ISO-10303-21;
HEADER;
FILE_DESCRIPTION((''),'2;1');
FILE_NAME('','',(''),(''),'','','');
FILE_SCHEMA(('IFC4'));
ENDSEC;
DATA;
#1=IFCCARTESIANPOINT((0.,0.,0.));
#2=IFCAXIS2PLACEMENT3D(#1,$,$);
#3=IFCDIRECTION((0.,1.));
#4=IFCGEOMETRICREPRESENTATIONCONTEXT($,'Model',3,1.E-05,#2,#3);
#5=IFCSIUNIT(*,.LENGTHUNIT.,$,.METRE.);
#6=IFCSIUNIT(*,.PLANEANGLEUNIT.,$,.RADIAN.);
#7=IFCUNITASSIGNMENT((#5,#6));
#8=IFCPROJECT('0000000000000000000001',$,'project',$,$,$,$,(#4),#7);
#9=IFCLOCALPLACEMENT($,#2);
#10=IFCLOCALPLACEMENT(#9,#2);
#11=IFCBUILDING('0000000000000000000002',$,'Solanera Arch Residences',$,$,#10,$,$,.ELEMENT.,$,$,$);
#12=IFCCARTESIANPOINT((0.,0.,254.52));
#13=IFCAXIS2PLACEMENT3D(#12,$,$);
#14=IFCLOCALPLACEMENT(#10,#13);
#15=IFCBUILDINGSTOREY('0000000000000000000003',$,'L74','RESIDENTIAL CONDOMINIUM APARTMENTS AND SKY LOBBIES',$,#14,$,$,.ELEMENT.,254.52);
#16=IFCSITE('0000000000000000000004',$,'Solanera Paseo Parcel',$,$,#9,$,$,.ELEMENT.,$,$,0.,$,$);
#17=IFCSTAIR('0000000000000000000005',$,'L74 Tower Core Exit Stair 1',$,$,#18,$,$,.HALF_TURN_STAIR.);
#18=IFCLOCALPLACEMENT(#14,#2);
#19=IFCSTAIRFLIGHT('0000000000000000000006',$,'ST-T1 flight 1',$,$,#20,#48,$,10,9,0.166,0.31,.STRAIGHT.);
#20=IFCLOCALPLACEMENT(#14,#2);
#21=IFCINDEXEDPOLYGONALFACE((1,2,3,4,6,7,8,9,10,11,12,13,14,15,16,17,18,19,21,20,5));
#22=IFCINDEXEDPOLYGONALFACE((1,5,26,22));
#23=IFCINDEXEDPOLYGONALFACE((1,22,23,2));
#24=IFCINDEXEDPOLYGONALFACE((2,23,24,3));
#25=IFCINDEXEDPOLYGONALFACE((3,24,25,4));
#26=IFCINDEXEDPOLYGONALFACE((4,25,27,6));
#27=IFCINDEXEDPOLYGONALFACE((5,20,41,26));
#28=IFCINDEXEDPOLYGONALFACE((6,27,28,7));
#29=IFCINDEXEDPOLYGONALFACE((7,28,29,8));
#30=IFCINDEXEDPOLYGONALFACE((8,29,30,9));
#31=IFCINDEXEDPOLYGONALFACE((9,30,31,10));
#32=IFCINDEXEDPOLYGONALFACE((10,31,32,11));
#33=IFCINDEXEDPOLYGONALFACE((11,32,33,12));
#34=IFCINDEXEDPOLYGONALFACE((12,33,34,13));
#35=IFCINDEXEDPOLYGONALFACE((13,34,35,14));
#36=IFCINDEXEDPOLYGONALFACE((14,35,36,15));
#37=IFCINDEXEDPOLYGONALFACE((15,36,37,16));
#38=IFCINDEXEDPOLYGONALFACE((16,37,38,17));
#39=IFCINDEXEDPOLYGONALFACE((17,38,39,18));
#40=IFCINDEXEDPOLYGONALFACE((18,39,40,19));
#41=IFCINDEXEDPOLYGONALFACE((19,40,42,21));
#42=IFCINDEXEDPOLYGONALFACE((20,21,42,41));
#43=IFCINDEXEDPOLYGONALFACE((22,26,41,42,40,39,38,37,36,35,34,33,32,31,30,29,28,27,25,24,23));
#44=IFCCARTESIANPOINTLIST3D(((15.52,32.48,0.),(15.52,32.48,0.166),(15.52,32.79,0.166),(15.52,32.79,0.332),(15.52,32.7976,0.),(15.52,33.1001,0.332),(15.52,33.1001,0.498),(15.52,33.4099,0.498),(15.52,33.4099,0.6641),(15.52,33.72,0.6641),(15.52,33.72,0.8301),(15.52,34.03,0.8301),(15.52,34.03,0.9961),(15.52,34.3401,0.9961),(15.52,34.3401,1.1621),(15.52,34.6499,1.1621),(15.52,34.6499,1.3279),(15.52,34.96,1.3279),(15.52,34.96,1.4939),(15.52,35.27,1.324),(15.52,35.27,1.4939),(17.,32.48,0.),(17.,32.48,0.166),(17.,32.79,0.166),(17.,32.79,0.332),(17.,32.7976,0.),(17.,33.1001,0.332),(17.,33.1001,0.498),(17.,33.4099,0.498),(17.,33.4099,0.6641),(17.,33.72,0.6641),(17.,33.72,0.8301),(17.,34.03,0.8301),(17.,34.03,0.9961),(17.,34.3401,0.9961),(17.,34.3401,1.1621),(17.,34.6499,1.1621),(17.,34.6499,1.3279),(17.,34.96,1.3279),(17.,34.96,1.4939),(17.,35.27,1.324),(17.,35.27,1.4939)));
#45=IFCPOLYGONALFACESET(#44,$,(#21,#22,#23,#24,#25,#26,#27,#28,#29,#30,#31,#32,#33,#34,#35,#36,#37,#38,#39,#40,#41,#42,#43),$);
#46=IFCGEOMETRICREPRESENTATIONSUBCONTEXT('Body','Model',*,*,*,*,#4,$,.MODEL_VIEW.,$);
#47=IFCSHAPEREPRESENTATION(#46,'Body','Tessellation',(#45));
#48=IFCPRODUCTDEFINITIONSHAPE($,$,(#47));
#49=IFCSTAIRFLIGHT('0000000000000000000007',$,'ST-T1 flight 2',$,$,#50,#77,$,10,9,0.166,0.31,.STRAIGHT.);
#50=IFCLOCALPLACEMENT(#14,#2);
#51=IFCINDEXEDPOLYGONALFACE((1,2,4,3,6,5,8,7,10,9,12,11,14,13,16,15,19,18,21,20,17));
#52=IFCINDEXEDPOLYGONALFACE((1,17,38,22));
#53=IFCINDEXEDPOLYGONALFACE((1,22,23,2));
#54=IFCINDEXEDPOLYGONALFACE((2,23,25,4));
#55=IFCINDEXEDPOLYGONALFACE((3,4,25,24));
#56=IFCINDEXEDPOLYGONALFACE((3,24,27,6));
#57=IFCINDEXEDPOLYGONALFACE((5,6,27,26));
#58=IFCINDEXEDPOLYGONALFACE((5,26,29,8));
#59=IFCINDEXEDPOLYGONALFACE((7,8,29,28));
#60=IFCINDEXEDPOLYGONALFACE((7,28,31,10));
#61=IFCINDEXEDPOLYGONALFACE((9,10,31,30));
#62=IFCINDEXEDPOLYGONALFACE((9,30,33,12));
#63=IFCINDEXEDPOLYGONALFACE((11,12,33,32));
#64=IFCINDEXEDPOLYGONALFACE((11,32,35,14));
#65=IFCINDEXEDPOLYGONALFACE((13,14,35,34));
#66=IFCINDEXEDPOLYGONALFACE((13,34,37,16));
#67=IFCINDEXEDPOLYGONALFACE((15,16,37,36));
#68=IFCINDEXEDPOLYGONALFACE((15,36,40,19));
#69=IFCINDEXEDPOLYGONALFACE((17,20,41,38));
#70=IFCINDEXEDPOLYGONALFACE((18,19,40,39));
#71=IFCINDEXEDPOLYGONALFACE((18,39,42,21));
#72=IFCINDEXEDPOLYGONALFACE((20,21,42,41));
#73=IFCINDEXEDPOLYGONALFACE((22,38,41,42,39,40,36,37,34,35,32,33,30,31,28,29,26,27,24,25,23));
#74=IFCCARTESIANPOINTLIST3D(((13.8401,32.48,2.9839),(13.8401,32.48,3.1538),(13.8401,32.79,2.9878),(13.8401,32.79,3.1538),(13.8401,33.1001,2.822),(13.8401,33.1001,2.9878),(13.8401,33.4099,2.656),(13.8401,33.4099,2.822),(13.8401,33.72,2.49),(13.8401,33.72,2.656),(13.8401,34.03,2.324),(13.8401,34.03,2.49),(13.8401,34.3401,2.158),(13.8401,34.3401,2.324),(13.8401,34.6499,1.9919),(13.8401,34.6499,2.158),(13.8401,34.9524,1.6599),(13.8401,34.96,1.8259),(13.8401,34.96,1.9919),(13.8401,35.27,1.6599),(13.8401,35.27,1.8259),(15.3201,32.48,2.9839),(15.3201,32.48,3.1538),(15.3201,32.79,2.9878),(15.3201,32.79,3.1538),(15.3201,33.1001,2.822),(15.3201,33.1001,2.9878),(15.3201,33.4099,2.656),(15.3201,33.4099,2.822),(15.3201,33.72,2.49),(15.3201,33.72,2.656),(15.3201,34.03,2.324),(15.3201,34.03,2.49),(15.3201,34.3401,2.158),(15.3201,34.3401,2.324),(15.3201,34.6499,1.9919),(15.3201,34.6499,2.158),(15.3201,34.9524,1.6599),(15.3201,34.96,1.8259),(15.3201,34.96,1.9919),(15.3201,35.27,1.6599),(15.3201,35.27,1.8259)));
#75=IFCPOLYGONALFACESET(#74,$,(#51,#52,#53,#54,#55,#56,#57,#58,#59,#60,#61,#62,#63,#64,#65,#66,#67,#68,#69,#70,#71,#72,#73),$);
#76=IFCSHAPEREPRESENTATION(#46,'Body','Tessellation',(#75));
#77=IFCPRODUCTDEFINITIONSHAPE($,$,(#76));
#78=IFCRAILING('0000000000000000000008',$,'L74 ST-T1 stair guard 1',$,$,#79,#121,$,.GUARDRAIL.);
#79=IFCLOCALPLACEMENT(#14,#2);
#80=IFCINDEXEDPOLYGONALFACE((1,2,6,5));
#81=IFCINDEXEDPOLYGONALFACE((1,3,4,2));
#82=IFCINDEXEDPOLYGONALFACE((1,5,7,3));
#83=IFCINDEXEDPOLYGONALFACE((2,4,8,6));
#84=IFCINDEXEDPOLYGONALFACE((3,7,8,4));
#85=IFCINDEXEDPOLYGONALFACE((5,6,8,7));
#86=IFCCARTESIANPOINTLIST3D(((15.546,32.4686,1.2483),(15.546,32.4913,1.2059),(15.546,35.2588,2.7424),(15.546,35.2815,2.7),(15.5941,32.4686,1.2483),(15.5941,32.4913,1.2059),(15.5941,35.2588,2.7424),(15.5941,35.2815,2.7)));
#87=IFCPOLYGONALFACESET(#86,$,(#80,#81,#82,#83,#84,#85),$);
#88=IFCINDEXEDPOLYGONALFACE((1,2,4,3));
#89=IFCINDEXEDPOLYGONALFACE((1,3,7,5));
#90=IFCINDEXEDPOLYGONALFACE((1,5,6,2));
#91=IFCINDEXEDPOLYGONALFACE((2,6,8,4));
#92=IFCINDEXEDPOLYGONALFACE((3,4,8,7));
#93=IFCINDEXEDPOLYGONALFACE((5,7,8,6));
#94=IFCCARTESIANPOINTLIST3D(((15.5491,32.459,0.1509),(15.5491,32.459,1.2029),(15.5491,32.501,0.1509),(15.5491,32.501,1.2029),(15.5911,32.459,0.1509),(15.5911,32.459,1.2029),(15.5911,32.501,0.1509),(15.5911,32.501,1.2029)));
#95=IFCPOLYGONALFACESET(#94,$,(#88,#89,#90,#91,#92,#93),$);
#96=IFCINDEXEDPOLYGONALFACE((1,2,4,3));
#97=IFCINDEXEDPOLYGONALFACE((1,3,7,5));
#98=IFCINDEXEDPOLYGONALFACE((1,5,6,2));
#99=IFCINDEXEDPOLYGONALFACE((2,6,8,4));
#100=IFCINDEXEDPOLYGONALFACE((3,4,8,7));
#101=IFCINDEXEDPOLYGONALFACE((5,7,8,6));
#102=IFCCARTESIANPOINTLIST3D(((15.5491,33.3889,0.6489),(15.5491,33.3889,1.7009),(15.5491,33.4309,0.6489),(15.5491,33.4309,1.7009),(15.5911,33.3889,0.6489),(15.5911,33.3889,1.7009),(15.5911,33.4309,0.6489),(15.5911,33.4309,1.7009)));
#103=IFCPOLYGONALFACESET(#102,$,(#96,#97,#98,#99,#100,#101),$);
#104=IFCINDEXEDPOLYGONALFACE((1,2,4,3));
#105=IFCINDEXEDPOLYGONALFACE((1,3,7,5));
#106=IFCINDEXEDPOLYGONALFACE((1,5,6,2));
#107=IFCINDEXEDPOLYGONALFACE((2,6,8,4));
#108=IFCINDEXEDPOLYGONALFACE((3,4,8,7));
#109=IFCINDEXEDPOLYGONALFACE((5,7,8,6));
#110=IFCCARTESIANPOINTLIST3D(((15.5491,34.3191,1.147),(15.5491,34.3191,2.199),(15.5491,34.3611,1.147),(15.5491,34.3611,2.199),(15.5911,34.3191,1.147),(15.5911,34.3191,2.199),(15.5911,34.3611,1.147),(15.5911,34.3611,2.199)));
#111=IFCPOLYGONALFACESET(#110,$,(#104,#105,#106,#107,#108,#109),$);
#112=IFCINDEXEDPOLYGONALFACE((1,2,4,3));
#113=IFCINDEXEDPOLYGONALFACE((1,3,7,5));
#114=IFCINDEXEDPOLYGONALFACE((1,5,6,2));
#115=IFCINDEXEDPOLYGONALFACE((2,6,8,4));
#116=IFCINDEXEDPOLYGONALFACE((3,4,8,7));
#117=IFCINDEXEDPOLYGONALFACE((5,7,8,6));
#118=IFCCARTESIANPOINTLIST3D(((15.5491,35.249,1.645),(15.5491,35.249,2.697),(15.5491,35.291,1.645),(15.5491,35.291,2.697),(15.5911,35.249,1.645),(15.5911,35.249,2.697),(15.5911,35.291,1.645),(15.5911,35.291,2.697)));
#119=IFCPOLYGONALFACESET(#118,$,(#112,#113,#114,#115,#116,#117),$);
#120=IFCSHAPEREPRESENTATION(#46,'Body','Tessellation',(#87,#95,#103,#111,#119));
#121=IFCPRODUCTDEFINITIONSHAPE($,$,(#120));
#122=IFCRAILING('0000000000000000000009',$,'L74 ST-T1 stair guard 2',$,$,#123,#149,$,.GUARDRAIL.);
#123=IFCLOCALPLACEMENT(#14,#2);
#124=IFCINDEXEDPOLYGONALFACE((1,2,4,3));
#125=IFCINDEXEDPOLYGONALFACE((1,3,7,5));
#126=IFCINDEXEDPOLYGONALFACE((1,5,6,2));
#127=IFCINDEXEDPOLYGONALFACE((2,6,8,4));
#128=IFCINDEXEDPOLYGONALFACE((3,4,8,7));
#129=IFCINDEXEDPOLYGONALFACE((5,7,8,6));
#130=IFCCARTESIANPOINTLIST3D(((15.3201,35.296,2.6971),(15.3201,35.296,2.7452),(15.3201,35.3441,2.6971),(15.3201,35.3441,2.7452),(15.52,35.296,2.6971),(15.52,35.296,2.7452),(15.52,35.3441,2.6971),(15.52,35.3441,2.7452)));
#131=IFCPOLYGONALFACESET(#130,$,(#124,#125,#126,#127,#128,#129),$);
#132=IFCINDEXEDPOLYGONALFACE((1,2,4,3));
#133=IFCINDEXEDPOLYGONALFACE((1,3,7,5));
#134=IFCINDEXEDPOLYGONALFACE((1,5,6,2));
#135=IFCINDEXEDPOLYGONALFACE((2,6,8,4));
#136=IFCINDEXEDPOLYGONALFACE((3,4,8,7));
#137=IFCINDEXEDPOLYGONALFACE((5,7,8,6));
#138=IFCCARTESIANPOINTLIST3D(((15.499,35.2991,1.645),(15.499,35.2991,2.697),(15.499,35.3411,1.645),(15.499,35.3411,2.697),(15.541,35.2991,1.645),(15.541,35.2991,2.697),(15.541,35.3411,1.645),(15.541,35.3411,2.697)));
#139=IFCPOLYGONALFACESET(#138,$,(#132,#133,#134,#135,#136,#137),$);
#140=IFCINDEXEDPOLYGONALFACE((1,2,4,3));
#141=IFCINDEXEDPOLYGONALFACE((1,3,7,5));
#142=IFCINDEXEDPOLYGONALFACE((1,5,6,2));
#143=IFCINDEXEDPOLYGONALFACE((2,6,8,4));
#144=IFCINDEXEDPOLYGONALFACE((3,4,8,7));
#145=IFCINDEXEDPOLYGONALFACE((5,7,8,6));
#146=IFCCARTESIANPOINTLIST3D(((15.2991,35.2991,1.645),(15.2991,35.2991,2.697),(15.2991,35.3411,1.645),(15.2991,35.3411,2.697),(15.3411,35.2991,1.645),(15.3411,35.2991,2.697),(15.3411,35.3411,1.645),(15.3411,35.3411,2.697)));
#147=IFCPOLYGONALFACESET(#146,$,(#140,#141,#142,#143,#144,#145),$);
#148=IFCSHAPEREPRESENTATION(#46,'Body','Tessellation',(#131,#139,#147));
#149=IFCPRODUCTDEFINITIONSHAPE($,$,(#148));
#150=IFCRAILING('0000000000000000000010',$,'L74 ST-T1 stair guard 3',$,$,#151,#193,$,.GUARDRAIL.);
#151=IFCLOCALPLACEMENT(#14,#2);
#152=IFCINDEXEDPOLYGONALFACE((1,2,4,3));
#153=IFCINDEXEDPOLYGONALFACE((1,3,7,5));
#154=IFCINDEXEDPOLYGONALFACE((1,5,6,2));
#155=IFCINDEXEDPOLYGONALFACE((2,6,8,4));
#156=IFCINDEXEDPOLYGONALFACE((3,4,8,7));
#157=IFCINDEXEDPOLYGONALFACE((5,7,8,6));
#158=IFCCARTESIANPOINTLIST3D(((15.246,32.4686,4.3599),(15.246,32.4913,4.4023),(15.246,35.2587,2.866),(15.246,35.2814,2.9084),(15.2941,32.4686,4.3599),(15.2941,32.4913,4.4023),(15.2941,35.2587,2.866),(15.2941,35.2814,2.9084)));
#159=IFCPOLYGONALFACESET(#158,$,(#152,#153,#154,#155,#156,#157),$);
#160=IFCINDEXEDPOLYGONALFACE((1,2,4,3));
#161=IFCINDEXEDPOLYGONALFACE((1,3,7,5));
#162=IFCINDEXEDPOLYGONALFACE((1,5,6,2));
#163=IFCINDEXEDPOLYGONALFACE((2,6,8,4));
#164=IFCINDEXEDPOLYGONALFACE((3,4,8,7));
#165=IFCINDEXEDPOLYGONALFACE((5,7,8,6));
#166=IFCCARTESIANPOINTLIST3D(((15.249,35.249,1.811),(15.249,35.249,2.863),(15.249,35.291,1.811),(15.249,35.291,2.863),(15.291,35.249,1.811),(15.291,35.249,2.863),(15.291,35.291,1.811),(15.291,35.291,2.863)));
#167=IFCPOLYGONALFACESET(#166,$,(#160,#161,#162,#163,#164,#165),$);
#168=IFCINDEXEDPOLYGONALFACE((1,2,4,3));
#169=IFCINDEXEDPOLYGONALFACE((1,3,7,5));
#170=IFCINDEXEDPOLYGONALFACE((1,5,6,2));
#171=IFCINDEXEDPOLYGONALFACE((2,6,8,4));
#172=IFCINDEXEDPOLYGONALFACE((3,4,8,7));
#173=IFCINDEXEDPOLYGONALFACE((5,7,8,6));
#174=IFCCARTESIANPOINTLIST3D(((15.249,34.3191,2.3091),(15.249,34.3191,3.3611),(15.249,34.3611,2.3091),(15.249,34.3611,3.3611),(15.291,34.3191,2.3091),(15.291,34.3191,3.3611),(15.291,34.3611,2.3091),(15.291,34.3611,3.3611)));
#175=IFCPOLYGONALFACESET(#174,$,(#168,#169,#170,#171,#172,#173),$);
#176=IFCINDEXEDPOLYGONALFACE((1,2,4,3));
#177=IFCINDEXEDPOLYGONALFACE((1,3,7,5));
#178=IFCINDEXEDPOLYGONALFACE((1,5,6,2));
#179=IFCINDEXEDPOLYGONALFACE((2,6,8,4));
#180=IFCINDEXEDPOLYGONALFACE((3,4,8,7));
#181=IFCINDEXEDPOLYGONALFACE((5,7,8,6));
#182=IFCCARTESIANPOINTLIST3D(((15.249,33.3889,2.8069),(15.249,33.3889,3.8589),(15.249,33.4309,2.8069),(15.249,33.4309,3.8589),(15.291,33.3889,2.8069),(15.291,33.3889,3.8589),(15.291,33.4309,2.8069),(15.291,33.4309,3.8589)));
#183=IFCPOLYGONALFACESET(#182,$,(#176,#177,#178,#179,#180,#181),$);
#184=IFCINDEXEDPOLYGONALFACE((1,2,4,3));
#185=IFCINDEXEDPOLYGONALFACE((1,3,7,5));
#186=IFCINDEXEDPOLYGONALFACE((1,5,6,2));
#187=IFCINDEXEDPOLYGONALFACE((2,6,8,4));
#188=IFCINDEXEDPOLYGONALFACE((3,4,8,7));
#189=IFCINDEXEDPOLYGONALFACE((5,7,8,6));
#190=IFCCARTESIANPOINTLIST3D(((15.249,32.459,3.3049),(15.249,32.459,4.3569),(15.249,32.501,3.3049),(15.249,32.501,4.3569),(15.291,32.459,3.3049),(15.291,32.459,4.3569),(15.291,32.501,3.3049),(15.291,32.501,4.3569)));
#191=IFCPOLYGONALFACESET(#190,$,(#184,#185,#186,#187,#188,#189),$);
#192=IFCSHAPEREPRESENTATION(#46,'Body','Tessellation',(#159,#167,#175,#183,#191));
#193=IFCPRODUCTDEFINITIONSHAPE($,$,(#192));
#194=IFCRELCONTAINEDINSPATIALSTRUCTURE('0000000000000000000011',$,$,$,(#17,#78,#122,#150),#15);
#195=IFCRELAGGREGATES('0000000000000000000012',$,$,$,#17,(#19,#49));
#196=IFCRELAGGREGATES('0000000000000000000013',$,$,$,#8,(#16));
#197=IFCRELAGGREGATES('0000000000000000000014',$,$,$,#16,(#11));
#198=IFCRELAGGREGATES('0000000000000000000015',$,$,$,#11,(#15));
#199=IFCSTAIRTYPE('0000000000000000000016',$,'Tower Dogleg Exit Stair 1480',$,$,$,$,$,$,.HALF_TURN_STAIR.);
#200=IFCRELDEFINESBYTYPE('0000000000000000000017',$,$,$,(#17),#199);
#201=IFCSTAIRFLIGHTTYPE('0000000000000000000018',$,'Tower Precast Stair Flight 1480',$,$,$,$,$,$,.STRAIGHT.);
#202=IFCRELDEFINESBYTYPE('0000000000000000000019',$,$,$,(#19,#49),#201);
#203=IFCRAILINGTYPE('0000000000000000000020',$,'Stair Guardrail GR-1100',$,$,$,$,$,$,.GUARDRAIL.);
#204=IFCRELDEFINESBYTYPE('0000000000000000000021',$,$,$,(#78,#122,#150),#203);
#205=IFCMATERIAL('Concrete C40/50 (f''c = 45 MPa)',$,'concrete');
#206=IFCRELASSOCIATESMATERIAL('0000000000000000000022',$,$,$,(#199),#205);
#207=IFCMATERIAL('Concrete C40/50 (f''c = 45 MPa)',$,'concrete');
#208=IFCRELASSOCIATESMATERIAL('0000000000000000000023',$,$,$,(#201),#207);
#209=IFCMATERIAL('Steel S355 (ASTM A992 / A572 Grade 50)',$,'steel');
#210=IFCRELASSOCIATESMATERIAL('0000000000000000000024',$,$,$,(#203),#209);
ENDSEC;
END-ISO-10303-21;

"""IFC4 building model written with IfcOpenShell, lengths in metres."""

from ifc_helpers import new_model, si_unit, direction, frame, origin, origin_2d, place, context, subcontext, project, spatial, polyline, rectangle, outline, extrude, material, type_object, element, aggregate, save


model = new_model("IFC4")

# Units and contexts
model_context = context("Model", 3, precision=1e-05, world=origin(), true_north=direction((0.0, 1.0)))
body_context = subcontext(model_context, "Body", "Model", "MODEL_VIEW")
ifc_project = project(units=[si_unit("LENGTHUNIT", "METRE"), si_unit("PLANEANGLEUNIT", "RADIAN")], contexts=[model_context])

# Site, building, storey
site_placement = place(None, origin())
site = spatial("IfcSite", under=ifc_project, at=site_placement, Name="Solanera Paseo Parcel", CompositionType="ELEMENT", RefElevation=0.0)
building_placement = place(site_placement, origin())
building = spatial("IfcBuilding", under=site, at=building_placement, Name="Solanera Arch Residences", CompositionType="ELEMENT")
storey_placement = place(building_placement, frame((0.0, 0.0, 254.52)))
storey = spatial("IfcBuildingStorey", under=building, at=storey_placement, Name="L74", Description="RESIDENTIAL CONDOMINIUM APARTMENTS AND SKY LOBBIES", CompositionType="ELEMENT", Elevation=254.52)

# Stair, stair flights
ifc_material_1 = material(Name="Concrete C40/50 (f'c = 45 MPa)", Category="concrete")
stair_type = type_object("IfcStairType", Name="Tower Dogleg Exit Stair 1480", PredefinedType="HALF_TURN_STAIR", material=ifc_material_1)
stair_placement = place(storey_placement, origin())
stair = element("IfcStair", 1, at=stair_placement, inside=storey, type_object=stair_type, Name="L74 Tower Core Exit Stair 1", PredefinedType="HALF_TURN_STAIR")
ifc_material_2 = material(Name="Concrete C40/50 (f'c = 45 MPa)", Category="concrete")
stair_flight_type = type_object("IfcStairFlightType", Name="Tower Precast Stair Flight 1480", PredefinedType="STRAIGHT", material=ifc_material_2)
stair_flight_1_placement = place(storey_placement, frame((16.26, 32.48, 0.0), z_axis=(0.0, 0.0, 1.0), x_axis=(0.0, 1.0, 0.0)))
stair_flight_1 = element("IfcStairFlight", 2, at=stair_flight_1_placement, type_object=stair_flight_type, Name="ST-T1 flight 1", NumberOfRisers=10, NumberOfTreads=9, PredefinedType="STRAIGHT", RiserHeight=0.166, TreadLength=0.31, context=body_context, shape_type="SweptSolid", body=[
    extrude(outline(polyline([(0.0, 0.0), (0.0, 0.166), (0.3101, 0.166), (0.3101, 0.332), (0.6201, 0.332), (0.6201, 0.498), (0.9299, 0.498), (0.9299, 0.6641), (1.24, 0.6641), (1.24, 0.8301), (1.55, 0.8301), (1.55, 0.9961), (1.8601, 0.9961), (1.8601, 1.1621), (2.1699, 1.1621), (2.1699, 1.3279), (2.48, 1.3279), (2.48, 1.4939), (2.79, 1.4939), (2.79, 1.6599), (2.79, 1.324), (0.3176, 0.0), (0.0, 0.0)])), frame((0.0, 0.74, 0.0), z_axis=(0.0, -1.0, 0.0), x_axis=(1.0, 0.0, 0.0)), (0.0, 0.0, 1.0), 1.48),
])
stair_flight_2_placement = place(storey_placement, frame((14.5801, 35.27, 1.6599), z_axis=(0.0, 0.0, 1.0), x_axis=(0.0, -1.0, 0.0)))
stair_flight_2 = element("IfcStairFlight", 3, at=stair_flight_2_placement, type_object=stair_flight_type, Name="ST-T1 flight 2", NumberOfRisers=10, NumberOfTreads=9, PredefinedType="STRAIGHT", RiserHeight=0.166, TreadLength=0.31, context=body_context, shape_type="SweptSolid", body=[
    extrude(outline(polyline([(0.0, 0.0), (0.0, 0.166), (0.3101, 0.166), (0.3101, 0.332), (0.6201, 0.332), (0.6201, 0.498), (0.9299, 0.498), (0.9299, 0.6641), (1.24, 0.6641), (1.24, 0.8301), (1.55, 0.8301), (1.55, 0.9961), (1.8601, 0.9961), (1.8601, 1.1621), (2.1699, 1.1621), (2.1699, 1.3279), (2.48, 1.3279), (2.48, 1.4939), (2.79, 1.4939), (2.79, 1.6599), (2.79, 1.324), (0.3176, 0.0), (0.0, 0.0)])), frame((0.0, 0.74, 0.0), z_axis=(0.0, -1.0, 0.0), x_axis=(1.0, 0.0, 0.0)), (0.0, 0.0, 1.0), 1.48),
])
aggregate(stair, [stair_flight_1, stair_flight_2])

# Railings
ifc_material_3 = material(Name="Steel S355 (ASTM A992 / A572 Grade 50)", Category="steel")
railing_type_1 = type_object("IfcRailingType", Name="Stair Guardrail GR-1100", PredefinedType="GUARDRAIL", material=ifc_material_3)
railing_1_placement = place(storey_placement, frame((15.5701, 32.48, 0.1509)))
element("IfcRailing", 4, at=railing_1_placement, inside=storey, type_object=railing_type_1, Name="L74 ST-T1 stair guard 1", PredefinedType="GUARDRAIL", context=body_context, shape_type="SweptSolid", body=[
    extrude(rectangle(XDim=0.0481, YDim=0.0481, at=origin_2d()), frame((0.0, 0.0, 1.0762), z_axis=(0.0, 0.881549, 0.472093), x_axis=(-1.0, 0.0, 0.0)), (0.0, 0.0, 1.0), 3.165),
    extrude(rectangle(XDim=0.042, YDim=0.042, at=origin_2d()), origin(), (0.0, 0.0, 1.0), 1.052),
    extrude(rectangle(XDim=0.042, YDim=0.042, at=origin_2d()), frame((0.0, 0.9299, 0.498)), (0.0, 0.0, 1.0), 1.052),
    extrude(rectangle(XDim=0.042, YDim=0.042, at=origin_2d()), frame((0.0, 1.8601, 0.9961)), (0.0, 0.0, 1.0), 1.052),
    extrude(rectangle(XDim=0.042, YDim=0.042, at=origin_2d()), frame((0.0, 2.79, 1.4941)), (0.0, 0.0, 1.0), 1.052),
])
railing_2_placement = place(storey_placement, frame((15.52, 35.3201, 1.645)))
element("IfcRailing", 5, at=railing_2_placement, inside=storey, type_object=railing_type_1, Name="L74 ST-T1 stair guard 2", PredefinedType="GUARDRAIL", context=body_context, shape_type="SweptSolid", body=[
    extrude(rectangle(XDim=0.0481, YDim=0.0481, at=origin_2d()), frame((0.0, 0.0, 1.0762), z_axis=(-1.0, 0.0, 0.0), x_axis=(0.0, -1.0, 0.0)), (0.0, 0.0, 1.0), 0.2),
    extrude(rectangle(XDim=0.042, YDim=0.042, at=origin_2d()), origin(), (0.0, 0.0, 1.0), 1.052),
    extrude(rectangle(XDim=0.042, YDim=0.042, at=origin_2d()), frame((-0.2, 0.0, 0.0)), (0.0, 0.0, 1.0), 1.052),
])
railing_3_placement = place(storey_placement, frame((15.27, 35.27, 1.811)))
element("IfcRailing", 6, at=railing_3_placement, inside=storey, type_object=railing_type_1, Name="L74 ST-T1 stair guard 3", PredefinedType="GUARDRAIL", context=body_context, shape_type="SweptSolid", body=[
    extrude(rectangle(XDim=0.0481, YDim=0.0481, at=origin_2d()), frame((0.0, 0.0, 1.0762), z_axis=(0.0, -0.881581, 0.472033), x_axis=(1.0, 0.0, 0.0)), (0.0, 0.0, 1.0), 3.1648),
    extrude(rectangle(XDim=0.042, YDim=0.042, at=origin_2d()), origin(), (0.0, 0.0, 1.0), 1.052),
    extrude(rectangle(XDim=0.042, YDim=0.042, at=origin_2d()), frame((0.0, -0.9299, 0.498)), (0.0, 0.0, 1.0), 1.052),
    extrude(rectangle(XDim=0.042, YDim=0.042, at=origin_2d()), frame((0.0, -1.8601, 0.9958)), (0.0, 0.0, 1.0), 1.052),
    extrude(rectangle(XDim=0.042, YDim=0.042, at=origin_2d()), frame((0.0, -2.79, 1.4939)), (0.0, 0.0, 1.0), 1.052),
])

save(model, "model.ifc")
